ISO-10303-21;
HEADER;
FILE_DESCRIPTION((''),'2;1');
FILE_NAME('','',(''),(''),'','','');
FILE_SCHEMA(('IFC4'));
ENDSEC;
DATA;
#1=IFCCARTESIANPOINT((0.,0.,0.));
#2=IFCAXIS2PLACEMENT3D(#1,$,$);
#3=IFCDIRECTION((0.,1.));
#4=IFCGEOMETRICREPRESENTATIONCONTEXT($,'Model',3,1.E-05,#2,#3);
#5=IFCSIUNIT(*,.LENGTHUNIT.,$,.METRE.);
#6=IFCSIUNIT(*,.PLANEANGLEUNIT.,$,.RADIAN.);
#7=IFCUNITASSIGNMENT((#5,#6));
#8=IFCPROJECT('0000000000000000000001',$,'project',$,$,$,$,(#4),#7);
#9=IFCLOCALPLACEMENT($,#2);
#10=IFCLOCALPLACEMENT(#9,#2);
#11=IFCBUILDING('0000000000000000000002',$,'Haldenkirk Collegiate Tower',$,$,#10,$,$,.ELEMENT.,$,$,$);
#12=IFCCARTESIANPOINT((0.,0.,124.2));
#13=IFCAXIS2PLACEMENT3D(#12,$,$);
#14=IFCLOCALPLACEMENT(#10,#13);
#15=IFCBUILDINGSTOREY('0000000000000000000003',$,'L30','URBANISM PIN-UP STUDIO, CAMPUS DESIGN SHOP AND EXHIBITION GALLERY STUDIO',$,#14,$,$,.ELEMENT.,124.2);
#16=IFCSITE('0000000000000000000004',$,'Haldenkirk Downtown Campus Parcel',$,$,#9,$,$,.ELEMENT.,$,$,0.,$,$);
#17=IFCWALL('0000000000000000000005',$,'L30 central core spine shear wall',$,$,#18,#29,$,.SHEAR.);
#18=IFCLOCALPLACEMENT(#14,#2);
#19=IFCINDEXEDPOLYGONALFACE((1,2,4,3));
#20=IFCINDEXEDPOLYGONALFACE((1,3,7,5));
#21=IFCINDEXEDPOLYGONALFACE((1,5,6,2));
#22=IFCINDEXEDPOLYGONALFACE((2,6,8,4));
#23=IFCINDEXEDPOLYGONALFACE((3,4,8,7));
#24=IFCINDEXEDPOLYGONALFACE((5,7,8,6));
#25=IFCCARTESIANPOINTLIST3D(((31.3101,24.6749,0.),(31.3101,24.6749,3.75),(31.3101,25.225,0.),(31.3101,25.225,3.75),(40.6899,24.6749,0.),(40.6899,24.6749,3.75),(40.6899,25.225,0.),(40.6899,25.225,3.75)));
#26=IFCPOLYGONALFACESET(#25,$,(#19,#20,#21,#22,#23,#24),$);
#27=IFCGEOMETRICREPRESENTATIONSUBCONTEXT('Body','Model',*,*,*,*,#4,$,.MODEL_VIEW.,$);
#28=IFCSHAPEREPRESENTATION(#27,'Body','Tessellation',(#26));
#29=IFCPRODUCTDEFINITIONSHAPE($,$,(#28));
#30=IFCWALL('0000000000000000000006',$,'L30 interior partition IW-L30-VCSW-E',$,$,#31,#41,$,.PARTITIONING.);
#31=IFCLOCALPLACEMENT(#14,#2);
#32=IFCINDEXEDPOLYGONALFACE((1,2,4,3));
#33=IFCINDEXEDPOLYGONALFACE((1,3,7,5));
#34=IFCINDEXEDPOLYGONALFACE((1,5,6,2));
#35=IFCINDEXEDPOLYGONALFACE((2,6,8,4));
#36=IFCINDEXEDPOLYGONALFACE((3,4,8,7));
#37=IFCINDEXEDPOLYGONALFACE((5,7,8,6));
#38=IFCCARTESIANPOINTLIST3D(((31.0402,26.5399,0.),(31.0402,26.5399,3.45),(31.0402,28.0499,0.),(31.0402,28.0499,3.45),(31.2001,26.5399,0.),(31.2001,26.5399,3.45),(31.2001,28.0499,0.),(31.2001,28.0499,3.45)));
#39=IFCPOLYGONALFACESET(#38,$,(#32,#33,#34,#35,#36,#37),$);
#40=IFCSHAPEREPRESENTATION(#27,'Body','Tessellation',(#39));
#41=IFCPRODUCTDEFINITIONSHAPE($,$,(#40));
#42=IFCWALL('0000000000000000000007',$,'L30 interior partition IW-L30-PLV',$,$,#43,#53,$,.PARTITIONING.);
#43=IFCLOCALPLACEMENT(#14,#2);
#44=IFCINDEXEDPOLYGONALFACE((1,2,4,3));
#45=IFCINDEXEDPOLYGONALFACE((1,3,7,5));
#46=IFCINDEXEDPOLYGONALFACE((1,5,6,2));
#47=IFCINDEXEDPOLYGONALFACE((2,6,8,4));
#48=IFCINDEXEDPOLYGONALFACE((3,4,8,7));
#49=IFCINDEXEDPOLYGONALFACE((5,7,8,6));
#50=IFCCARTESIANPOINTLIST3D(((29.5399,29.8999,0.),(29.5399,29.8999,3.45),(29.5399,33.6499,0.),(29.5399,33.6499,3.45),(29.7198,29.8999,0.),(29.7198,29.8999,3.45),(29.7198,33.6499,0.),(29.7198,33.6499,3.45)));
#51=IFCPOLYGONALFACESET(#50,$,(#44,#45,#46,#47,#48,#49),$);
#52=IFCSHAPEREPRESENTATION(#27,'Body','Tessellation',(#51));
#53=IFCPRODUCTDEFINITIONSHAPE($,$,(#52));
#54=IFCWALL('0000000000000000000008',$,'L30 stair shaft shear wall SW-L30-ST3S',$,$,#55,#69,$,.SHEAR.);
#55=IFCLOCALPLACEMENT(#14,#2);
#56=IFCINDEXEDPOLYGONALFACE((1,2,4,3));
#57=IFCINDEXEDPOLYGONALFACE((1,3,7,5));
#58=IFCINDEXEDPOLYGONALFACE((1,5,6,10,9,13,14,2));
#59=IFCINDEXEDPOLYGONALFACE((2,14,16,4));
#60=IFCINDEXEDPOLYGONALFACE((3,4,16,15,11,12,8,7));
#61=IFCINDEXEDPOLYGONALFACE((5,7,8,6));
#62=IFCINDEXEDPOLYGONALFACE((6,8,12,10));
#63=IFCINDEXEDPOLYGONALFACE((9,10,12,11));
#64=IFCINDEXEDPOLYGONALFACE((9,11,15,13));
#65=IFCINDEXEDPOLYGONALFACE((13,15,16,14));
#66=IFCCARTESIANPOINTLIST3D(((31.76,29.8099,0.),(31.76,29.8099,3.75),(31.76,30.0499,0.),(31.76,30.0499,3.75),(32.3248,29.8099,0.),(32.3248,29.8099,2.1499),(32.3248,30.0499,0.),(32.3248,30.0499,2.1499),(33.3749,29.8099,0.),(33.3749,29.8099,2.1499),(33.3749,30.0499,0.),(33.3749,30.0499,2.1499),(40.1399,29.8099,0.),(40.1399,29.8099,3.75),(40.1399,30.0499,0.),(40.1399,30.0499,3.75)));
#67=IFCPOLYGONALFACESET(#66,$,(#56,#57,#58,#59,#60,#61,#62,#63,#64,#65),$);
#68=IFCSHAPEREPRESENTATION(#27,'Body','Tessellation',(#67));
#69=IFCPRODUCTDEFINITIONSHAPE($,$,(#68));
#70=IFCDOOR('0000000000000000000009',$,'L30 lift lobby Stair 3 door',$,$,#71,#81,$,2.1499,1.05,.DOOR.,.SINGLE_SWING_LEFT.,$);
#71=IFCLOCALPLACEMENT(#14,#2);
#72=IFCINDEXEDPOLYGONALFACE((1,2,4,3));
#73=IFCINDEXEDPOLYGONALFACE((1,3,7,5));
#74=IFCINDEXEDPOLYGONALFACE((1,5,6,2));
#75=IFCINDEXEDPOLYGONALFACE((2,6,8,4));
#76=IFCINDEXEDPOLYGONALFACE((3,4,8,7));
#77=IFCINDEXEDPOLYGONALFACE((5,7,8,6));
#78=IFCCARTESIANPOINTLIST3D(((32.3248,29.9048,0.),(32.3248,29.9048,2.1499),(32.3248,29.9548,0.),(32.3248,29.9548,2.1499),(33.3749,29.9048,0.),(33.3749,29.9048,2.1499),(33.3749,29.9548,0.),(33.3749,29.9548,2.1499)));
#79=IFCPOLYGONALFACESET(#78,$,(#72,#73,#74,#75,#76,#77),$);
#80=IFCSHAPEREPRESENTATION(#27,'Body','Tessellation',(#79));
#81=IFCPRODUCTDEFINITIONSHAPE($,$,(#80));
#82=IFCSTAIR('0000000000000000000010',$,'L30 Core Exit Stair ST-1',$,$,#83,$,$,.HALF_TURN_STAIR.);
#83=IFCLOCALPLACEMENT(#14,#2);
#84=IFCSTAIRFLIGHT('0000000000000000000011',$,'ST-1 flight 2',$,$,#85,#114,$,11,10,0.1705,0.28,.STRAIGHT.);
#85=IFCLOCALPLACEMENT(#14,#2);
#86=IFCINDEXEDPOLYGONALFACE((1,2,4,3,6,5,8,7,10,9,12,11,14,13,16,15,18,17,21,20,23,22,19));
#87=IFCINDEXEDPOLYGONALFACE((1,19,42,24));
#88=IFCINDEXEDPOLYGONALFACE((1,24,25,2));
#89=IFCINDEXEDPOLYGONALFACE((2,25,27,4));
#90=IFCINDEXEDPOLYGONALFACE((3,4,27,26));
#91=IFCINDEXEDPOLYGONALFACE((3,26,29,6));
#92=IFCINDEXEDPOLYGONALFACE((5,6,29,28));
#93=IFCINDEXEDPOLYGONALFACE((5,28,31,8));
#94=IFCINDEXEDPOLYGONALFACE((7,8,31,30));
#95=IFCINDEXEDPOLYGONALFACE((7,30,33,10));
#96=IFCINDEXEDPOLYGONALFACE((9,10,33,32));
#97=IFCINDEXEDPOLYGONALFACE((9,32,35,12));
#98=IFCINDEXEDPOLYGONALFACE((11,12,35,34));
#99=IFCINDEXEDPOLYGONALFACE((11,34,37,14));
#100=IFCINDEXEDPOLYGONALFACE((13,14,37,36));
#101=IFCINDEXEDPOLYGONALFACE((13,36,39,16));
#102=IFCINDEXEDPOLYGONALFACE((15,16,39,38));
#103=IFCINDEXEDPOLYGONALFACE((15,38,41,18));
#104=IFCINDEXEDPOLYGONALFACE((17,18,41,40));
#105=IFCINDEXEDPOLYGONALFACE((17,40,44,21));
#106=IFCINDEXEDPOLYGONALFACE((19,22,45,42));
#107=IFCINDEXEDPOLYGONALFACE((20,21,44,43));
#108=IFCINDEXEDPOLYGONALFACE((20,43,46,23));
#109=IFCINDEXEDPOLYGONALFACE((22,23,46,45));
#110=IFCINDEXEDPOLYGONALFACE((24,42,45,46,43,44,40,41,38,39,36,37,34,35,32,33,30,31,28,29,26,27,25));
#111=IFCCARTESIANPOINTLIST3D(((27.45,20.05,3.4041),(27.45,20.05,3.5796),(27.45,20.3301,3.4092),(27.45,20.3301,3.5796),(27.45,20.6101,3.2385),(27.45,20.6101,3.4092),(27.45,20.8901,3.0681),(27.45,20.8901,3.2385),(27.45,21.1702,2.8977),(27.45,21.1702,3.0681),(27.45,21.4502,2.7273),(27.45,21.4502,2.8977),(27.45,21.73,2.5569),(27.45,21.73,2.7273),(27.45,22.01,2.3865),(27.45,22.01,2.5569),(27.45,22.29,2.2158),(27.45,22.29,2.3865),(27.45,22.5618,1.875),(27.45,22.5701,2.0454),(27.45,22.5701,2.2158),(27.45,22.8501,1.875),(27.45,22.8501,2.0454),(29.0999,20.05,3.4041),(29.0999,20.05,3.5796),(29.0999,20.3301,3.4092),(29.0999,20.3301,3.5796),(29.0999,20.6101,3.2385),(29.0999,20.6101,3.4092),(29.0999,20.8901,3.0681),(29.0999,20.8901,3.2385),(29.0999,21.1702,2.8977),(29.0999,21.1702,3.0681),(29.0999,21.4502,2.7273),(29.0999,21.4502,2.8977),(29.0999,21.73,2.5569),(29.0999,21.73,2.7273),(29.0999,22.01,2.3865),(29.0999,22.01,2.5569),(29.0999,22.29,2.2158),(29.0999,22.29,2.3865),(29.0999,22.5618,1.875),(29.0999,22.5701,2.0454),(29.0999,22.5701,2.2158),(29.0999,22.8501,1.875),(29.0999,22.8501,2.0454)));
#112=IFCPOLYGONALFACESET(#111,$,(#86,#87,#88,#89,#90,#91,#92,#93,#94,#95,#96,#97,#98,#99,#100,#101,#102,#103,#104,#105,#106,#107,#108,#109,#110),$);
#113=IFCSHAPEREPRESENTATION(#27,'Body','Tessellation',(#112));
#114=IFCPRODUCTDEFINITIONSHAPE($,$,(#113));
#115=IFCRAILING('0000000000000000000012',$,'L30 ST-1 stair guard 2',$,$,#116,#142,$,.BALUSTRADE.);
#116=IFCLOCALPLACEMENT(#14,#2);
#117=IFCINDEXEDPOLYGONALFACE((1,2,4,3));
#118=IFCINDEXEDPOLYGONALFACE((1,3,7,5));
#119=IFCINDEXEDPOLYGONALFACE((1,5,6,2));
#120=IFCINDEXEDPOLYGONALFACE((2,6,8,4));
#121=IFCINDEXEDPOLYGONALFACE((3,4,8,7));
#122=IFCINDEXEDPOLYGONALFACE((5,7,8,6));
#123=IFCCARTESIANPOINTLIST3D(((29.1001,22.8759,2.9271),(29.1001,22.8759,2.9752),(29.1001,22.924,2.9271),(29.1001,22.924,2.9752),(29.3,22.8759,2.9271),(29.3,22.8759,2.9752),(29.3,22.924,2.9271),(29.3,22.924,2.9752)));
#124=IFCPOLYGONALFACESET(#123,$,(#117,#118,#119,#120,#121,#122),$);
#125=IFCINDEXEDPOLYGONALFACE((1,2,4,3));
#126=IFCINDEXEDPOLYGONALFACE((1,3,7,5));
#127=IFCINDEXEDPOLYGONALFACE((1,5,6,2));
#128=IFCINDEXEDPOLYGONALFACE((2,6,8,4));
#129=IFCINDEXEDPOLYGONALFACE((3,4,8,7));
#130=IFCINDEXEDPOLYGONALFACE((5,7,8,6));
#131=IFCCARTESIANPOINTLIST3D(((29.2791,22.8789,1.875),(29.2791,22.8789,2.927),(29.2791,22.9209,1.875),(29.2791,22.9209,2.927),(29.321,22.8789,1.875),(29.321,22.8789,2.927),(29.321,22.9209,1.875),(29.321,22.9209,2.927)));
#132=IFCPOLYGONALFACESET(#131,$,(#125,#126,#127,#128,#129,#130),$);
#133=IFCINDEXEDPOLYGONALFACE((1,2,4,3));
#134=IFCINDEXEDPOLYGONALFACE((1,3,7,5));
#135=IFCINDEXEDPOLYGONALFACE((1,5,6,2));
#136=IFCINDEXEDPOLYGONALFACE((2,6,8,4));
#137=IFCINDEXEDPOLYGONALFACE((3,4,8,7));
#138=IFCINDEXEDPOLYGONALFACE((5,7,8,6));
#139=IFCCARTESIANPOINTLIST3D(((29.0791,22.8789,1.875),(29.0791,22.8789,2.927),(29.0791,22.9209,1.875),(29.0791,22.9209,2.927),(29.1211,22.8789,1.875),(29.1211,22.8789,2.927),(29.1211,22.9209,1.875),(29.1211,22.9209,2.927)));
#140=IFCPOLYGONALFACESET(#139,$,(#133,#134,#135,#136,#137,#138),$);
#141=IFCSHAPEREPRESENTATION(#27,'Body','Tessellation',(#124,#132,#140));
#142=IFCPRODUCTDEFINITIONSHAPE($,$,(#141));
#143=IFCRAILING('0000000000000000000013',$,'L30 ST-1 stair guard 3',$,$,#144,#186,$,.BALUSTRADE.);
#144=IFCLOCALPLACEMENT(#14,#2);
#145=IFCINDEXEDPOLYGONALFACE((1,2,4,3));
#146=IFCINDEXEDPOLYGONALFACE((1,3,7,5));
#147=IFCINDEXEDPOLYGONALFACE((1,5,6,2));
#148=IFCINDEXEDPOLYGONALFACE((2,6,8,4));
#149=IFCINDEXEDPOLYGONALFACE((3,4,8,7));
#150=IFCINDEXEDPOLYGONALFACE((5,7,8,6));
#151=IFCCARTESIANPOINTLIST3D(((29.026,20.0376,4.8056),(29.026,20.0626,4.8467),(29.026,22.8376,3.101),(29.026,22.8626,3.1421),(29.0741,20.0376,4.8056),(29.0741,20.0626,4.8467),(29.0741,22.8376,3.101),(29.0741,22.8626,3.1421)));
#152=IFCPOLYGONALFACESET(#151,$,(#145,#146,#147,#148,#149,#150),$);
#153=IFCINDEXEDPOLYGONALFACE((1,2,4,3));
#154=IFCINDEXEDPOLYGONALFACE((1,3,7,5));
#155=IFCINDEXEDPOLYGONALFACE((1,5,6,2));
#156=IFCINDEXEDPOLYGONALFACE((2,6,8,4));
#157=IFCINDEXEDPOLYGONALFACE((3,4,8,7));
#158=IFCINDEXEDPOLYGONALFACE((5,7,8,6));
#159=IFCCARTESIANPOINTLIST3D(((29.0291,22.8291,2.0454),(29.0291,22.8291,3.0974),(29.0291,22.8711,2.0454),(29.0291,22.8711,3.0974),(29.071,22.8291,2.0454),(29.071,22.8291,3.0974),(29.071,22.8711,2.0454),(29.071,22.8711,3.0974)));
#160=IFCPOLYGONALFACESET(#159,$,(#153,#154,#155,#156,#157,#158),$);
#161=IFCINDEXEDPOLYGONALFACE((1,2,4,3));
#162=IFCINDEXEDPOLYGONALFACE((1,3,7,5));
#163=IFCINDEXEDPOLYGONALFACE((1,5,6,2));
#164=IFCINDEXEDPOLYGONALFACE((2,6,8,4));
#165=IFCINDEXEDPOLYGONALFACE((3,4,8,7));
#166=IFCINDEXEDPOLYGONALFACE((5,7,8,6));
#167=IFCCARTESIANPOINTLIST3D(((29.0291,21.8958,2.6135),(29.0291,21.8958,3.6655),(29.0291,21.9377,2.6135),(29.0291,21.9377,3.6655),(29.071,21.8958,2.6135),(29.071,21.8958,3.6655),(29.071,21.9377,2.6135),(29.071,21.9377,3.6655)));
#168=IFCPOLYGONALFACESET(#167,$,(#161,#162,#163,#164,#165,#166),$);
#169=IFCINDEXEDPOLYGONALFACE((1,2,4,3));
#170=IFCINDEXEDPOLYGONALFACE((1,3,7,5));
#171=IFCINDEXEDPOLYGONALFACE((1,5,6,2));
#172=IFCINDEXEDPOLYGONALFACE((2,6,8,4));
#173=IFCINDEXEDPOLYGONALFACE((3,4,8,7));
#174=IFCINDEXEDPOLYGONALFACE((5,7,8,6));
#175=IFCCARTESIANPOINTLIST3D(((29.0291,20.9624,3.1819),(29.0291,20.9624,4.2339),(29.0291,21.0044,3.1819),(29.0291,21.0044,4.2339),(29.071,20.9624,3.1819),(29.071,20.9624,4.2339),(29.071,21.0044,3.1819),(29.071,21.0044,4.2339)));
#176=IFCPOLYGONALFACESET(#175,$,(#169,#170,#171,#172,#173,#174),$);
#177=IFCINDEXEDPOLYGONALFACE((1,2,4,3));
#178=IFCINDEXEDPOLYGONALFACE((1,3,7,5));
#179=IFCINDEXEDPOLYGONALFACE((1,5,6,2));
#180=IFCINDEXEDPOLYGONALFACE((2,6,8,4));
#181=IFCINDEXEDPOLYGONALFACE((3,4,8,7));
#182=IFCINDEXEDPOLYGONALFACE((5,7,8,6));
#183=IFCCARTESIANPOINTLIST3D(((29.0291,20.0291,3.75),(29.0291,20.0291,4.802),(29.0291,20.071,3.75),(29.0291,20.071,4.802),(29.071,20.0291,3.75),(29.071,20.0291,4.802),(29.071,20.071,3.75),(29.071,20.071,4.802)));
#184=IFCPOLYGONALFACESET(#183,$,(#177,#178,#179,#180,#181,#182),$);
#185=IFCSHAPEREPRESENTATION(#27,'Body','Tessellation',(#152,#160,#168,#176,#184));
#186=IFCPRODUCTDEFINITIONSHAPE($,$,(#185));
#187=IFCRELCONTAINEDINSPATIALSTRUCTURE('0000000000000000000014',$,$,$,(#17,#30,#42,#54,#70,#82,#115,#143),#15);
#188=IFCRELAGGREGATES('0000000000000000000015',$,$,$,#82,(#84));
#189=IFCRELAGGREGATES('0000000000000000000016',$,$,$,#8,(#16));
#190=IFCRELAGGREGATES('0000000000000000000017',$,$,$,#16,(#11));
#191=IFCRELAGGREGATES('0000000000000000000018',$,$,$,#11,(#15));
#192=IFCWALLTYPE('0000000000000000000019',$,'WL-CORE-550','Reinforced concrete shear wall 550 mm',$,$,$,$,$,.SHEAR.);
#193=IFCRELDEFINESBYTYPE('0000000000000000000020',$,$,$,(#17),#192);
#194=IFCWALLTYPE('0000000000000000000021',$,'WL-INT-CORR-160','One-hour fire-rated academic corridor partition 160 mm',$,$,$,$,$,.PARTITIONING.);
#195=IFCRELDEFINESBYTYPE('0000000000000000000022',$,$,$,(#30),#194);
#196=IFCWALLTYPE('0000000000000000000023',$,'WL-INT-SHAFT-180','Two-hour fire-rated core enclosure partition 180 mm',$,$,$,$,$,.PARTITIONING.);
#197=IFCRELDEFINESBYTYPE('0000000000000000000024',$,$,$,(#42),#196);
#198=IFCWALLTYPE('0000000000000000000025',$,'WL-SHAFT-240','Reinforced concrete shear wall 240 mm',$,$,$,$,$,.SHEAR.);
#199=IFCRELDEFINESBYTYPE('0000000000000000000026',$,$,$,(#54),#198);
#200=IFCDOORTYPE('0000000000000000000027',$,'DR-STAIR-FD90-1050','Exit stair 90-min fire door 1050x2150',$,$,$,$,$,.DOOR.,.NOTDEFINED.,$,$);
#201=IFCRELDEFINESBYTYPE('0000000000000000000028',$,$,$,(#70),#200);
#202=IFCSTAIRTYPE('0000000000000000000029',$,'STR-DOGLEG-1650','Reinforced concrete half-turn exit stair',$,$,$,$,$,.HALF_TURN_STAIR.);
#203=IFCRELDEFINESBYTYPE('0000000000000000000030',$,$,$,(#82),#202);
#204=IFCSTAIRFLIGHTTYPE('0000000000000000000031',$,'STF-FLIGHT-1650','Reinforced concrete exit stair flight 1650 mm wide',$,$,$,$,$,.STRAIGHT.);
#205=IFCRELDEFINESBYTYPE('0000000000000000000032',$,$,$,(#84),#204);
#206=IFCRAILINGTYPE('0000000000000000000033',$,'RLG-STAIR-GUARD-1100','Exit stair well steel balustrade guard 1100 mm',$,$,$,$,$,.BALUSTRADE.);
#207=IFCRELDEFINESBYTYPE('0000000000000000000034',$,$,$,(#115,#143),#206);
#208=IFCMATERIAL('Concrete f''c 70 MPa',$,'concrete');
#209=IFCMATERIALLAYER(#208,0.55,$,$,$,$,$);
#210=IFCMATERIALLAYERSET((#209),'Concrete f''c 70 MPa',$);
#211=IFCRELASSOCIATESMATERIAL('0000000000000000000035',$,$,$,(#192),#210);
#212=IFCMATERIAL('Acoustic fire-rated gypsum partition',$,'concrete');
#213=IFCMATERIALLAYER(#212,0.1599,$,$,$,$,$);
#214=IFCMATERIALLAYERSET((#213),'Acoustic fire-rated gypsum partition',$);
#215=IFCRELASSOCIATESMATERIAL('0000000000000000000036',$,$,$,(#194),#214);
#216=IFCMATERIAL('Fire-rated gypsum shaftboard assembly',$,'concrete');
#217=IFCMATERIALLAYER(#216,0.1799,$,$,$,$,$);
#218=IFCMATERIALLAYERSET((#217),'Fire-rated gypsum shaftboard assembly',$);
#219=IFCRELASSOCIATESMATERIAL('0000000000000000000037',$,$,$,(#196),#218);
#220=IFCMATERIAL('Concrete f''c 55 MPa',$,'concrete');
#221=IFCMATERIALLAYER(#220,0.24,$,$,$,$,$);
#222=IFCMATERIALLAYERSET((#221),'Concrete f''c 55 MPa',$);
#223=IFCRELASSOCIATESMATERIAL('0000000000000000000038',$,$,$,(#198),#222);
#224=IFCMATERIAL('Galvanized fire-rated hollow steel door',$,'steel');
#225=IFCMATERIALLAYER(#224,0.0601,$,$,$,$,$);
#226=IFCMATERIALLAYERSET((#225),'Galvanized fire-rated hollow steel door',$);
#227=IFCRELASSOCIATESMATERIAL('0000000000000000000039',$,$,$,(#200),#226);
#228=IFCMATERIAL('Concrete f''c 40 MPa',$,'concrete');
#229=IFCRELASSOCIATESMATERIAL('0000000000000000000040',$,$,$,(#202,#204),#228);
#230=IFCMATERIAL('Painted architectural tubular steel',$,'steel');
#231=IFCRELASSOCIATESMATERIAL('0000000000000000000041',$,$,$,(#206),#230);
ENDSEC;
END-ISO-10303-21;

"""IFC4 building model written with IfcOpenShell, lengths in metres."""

from ifc_helpers import new_model, si_unit, direction, frame, frame_2d, origin, origin_2d, place, context, subcontext, project, spatial, polyline, rectangle, outline, extrude, material, layer, layer_set, type_object, element, fill, aggregate, save


model = new_model("IFC4")

# Units and contexts
model_context = context("Model", 3, precision=1e-05, world=origin(), true_north=direction((0.0, 1.0)))
body_context = subcontext(model_context, "Body", "Model", "MODEL_VIEW")
ifc_project = project(units=[si_unit("LENGTHUNIT", "METRE"), si_unit("PLANEANGLEUNIT", "RADIAN")], contexts=[model_context])

# Site, building, storey
site_placement = place(None, origin())
site = spatial("IfcSite", under=ifc_project, at=site_placement, Name="Haldenkirk Downtown Campus Parcel", CompositionType="ELEMENT", RefElevation=0.0)
building_placement = place(site_placement, origin())
building = spatial("IfcBuilding", under=site, at=building_placement, Name="Haldenkirk Collegiate Tower", CompositionType="ELEMENT")
storey_placement = place(building_placement, frame((0.0, 0.0, 124.2)))
storey = spatial("IfcBuildingStorey", under=building, at=storey_placement, Name="L30", Description="URBANISM PIN-UP STUDIO, CAMPUS DESIGN SHOP AND EXHIBITION GALLERY STUDIO", CompositionType="ELEMENT", Elevation=124.2)

# Walls
ifc_material_1 = material(Name="Concrete f'c 70 MPa", Category="concrete")
ifc_layer_1 = layer(ifc_material_1, 0.55)
ifc_layer_set_1 = layer_set([ifc_layer_1], Name="Concrete f'c 70 MPa")
wall_type_1 = type_object("IfcWallType", Name="WL-CORE-550", Description="Reinforced concrete shear wall 550 mm", PredefinedType="SHEAR", material=ifc_layer_set_1)
wall_1_placement = place(storey_placement, frame((31.3101, 24.95, 0.0), z_axis=(0.0, 0.0, 1.0), x_axis=(1.0, 0.0, 0.0)))
element("IfcWall", 1, at=wall_1_placement, inside=storey, type_object=wall_type_1, Name="L30 central core spine shear wall", PredefinedType="SHEAR", context=body_context, shape_type="SweptSolid", body=[
    extrude(rectangle(XDim=9.3799, YDim=0.55, at=frame_2d((4.6899, 0.0))), origin(), (0.0, 0.0, 1.0), 3.75),
])
ifc_material_2 = material(Name="Acoustic fire-rated gypsum partition", Category="concrete")
ifc_layer_2 = layer(ifc_material_2, 0.1599)
ifc_layer_set_2 = layer_set([ifc_layer_2], Name="Acoustic fire-rated gypsum partition")
wall_type_2 = type_object("IfcWallType", Name="WL-INT-CORR-160", Description="One-hour fire-rated academic corridor partition 160 mm", PredefinedType="PARTITIONING", material=ifc_layer_set_2)
wall_2_placement = place(storey_placement, frame((31.1201, 26.54, 0.0), z_axis=(0.0, 0.0, 1.0), x_axis=(0.0, 1.0, 0.0)))
element("IfcWall", 2, at=wall_2_placement, inside=storey, type_object=wall_type_2, Name="L30 interior partition IW-L30-VCSW-E", PredefinedType="PARTITIONING", context=body_context, shape_type="SweptSolid", body=[
    extrude(rectangle(XDim=1.51, YDim=0.1599, at=frame_2d((0.7549, 0.0))), origin(), (0.0, 0.0, 1.0), 3.45),
])
ifc_material_3 = material(Name="Fire-rated gypsum shaftboard assembly", Category="concrete")
ifc_layer_3 = layer(ifc_material_3, 0.1799)
ifc_layer_set_3 = layer_set([ifc_layer_3], Name="Fire-rated gypsum shaftboard assembly")
wall_type_3 = type_object("IfcWallType", Name="WL-INT-SHAFT-180", Description="Two-hour fire-rated core enclosure partition 180 mm", PredefinedType="PARTITIONING", material=ifc_layer_set_3)
wall_3_placement = place(storey_placement, frame((29.6299, 29.8999, 0.0), z_axis=(0.0, 0.0, 1.0), x_axis=(0.0, 1.0, 0.0)))
element("IfcWall", 3, at=wall_3_placement, inside=storey, type_object=wall_type_3, Name="L30 interior partition IW-L30-PLV", PredefinedType="PARTITIONING", context=body_context, shape_type="SweptSolid", body=[
    extrude(rectangle(XDim=3.75, YDim=0.1799, at=frame_2d((1.875, 0.0))), origin(), (0.0, 0.0, 1.0), 3.45),
])

# Shared definitions
ifc_material_4 = material(Name="Galvanized fire-rated hollow steel door", Category="steel")

# Wall, opening, door
ifc_material_5 = material(Name="Concrete f'c 55 MPa", Category="concrete")
ifc_layer_4 = layer(ifc_material_5, 0.24)
ifc_layer_set_4 = layer_set([ifc_layer_4], Name="Concrete f'c 55 MPa")
wall_type_4 = type_object("IfcWallType", Name="WL-SHAFT-240", Description="Reinforced concrete shear wall 240 mm", PredefinedType="SHEAR", material=ifc_layer_set_4)
wall_4_placement = place(storey_placement, frame((31.76, 29.9299, 0.0), z_axis=(0.0, 0.0, 1.0), x_axis=(1.0, 0.0, 0.0)))
wall_4 = element("IfcWall", 4, at=wall_4_placement, inside=storey, type_object=wall_type_4, Name="L30 stair shaft shear wall SW-L30-ST3S", PredefinedType="SHEAR", context=body_context, shape_type="SweptSolid", body=[
    extrude(rectangle(XDim=8.3799, YDim=0.24, at=frame_2d((4.1899, 0.0))), origin(), (0.0, 0.0, 1.0), 3.75),
])
opening_1_placement = place(wall_4_placement, frame((0.5649, 0.0, 0.0)))
opening_1 = element("IfcOpeningElement", 5, at=opening_1_placement, cuts=wall_4, PredefinedType="OPENING", context=body_context, shape_type="SweptSolid", body=[
    extrude(rectangle(XDim=1.05, YDim=2.1499, at=frame_2d((0.5249, 1.075))), frame((0.0, 0.1299, 0.0), z_axis=(0.0, -1.0, 0.0), x_axis=(1.0, 0.0, 0.0)), (0.0, 0.0, 1.0), 0.26),
])
ifc_layer_5 = layer(ifc_material_4, 0.0601)
ifc_layer_set_5 = layer_set([ifc_layer_5], Name="Galvanized fire-rated hollow steel door")
door_type_1 = type_object("IfcDoorType", Name="DR-STAIR-FD90-1050", Description="Exit stair 90-min fire door 1050x2150", OperationType="NOTDEFINED", PredefinedType="DOOR", material=ifc_layer_set_5)
door_1_placement = place(opening_1_placement, origin())
door_1 = element("IfcDoor", 6, at=door_1_placement, inside=storey, type_object=door_type_1, Name="L30 lift lobby Stair 3 door", OperationType="SINGLE_SWING_LEFT", OverallHeight=2.1499, OverallWidth=1.05, PredefinedType="DOOR", context=body_context, shape_type="SweptSolid", body=[
    extrude(rectangle(XDim=1.05, YDim=2.1499, at=frame_2d((0.5249, 1.075))), frame((0.0, 0.0249, 0.0), z_axis=(0.0, -1.0, 0.0), x_axis=(1.0, 0.0, 0.0)), (0.0, 0.0, 1.0), 0.05),
])
fill(opening_1, door_1)

# Stair, stair flight
ifc_material_6 = material(Name="Concrete f'c 40 MPa", Category="concrete")
stair_type = type_object("IfcStairType", Name="STR-DOGLEG-1650", Description="Reinforced concrete half-turn exit stair", PredefinedType="HALF_TURN_STAIR", material=ifc_material_6)
stair_placement = place(storey_placement, origin())
stair = element("IfcStair", 7, at=stair_placement, inside=storey, type_object=stair_type, Name="L30 Core Exit Stair ST-1", PredefinedType="HALF_TURN_STAIR")
stair_flight_type = type_object("IfcStairFlightType", Name="STF-FLIGHT-1650", Description="Reinforced concrete exit stair flight 1650 mm wide", PredefinedType="STRAIGHT", material=ifc_material_6)
stair_flight_placement = place(storey_placement, frame((28.2749, 22.8501, 1.875), z_axis=(0.0, 0.0, 1.0), x_axis=(0.0, -1.0, 0.0)))
stair_flight = element("IfcStairFlight", 8, at=stair_flight_placement, type_object=stair_flight_type, Name="ST-1 flight 2", NumberOfRisers=11, NumberOfTreads=10, PredefinedType="STRAIGHT", RiserHeight=0.1705, TreadLength=0.28, context=body_context, shape_type="SweptSolid", body=[
    extrude(outline(polyline([(0.0, 0.0), (0.0, 0.1704), (0.28, 0.1704), (0.28, 0.3408), (0.5601, 0.3408), (0.5601, 0.5115), (0.8401, 0.5115), (0.8401, 0.6819), (1.1201, 0.6819), (1.1201, 0.8523), (1.3999, 0.8523), (1.3999, 1.0227), (1.6799, 1.0227), (1.6799, 1.1931), (1.96, 1.1931), (1.96, 1.3635), (2.24, 1.3635), (2.24, 1.5342), (2.52, 1.5342), (2.52, 1.7046), (2.8, 1.7046), (2.8, 1.875), (2.8, 1.5291), (0.2883, 0.0), (0.0, 0.0)])), frame((0.0, 0.825, 0.0), z_axis=(0.0, -1.0, 0.0), x_axis=(1.0, 0.0, 0.0)), (0.0, 0.0, 1.0), 1.6499),
])
aggregate(stair, [stair_flight])

# Railings
ifc_material_7 = material(Name="Painted architectural tubular steel", Category="steel")
railing_type = type_object("IfcRailingType", Name="RLG-STAIR-GUARD-1100", Description="Exit stair well steel balustrade guard 1100 mm", PredefinedType="BALUSTRADE", material=ifc_material_7)
railing_1_placement = place(storey_placement, frame((29.3, 22.8999, 1.875)))
element("IfcRailing", 9, at=railing_1_placement, inside=storey, type_object=railing_type, Name="L30 ST-1 stair guard 2", PredefinedType="BALUSTRADE", context=body_context, shape_type="SweptSolid", body=[
    extrude(rectangle(XDim=0.0481, YDim=0.0481, at=origin_2d()), frame((0.0, 0.0, 1.0762), z_axis=(-1.0, 0.0, 0.0), x_axis=(0.0, -1.0, 0.0)), (0.0, 0.0, 1.0), 0.2),
    extrude(rectangle(XDim=0.042, YDim=0.042, at=origin_2d()), origin(), (0.0, 0.0, 1.0), 1.052),
    extrude(rectangle(XDim=0.042, YDim=0.042, at=origin_2d()), frame((-0.2, 0.0, 0.0)), (0.0, 0.0, 1.0), 1.052),
])
railing_2_placement = place(storey_placement, frame((29.05, 22.8501, 2.0454)))
element("IfcRailing", 10, at=railing_2_placement, inside=storey, type_object=railing_type, Name="L30 ST-1 stair guard 3", PredefinedType="BALUSTRADE", context=body_context, shape_type="SweptSolid", body=[
    extrude(rectangle(XDim=0.0481, YDim=0.0481, at=origin_2d()), frame((0.0, 0.0, 1.0762), z_axis=(0.0, -0.85417, 0.519994), x_axis=(1.0, 0.0, 0.0)), (0.0, 0.0, 1.0), 3.2781),
    extrude(rectangle(XDim=0.042, YDim=0.042, at=origin_2d()), origin(), (0.0, 0.0, 1.0), 1.052),
    extrude(rectangle(XDim=0.042, YDim=0.042, at=origin_2d()), frame((0.0, -0.9333, 0.5681)), (0.0, 0.0, 1.0), 1.052),
    extrude(rectangle(XDim=0.042, YDim=0.042, at=origin_2d()), frame((0.0, -1.8667, 1.1365)), (0.0, 0.0, 1.0), 1.052),
    extrude(rectangle(XDim=0.042, YDim=0.042, at=origin_2d()), frame((0.0, -2.8, 1.7046)), (0.0, 0.0, 1.0), 1.052),
])

save(model, "model.ifc")
